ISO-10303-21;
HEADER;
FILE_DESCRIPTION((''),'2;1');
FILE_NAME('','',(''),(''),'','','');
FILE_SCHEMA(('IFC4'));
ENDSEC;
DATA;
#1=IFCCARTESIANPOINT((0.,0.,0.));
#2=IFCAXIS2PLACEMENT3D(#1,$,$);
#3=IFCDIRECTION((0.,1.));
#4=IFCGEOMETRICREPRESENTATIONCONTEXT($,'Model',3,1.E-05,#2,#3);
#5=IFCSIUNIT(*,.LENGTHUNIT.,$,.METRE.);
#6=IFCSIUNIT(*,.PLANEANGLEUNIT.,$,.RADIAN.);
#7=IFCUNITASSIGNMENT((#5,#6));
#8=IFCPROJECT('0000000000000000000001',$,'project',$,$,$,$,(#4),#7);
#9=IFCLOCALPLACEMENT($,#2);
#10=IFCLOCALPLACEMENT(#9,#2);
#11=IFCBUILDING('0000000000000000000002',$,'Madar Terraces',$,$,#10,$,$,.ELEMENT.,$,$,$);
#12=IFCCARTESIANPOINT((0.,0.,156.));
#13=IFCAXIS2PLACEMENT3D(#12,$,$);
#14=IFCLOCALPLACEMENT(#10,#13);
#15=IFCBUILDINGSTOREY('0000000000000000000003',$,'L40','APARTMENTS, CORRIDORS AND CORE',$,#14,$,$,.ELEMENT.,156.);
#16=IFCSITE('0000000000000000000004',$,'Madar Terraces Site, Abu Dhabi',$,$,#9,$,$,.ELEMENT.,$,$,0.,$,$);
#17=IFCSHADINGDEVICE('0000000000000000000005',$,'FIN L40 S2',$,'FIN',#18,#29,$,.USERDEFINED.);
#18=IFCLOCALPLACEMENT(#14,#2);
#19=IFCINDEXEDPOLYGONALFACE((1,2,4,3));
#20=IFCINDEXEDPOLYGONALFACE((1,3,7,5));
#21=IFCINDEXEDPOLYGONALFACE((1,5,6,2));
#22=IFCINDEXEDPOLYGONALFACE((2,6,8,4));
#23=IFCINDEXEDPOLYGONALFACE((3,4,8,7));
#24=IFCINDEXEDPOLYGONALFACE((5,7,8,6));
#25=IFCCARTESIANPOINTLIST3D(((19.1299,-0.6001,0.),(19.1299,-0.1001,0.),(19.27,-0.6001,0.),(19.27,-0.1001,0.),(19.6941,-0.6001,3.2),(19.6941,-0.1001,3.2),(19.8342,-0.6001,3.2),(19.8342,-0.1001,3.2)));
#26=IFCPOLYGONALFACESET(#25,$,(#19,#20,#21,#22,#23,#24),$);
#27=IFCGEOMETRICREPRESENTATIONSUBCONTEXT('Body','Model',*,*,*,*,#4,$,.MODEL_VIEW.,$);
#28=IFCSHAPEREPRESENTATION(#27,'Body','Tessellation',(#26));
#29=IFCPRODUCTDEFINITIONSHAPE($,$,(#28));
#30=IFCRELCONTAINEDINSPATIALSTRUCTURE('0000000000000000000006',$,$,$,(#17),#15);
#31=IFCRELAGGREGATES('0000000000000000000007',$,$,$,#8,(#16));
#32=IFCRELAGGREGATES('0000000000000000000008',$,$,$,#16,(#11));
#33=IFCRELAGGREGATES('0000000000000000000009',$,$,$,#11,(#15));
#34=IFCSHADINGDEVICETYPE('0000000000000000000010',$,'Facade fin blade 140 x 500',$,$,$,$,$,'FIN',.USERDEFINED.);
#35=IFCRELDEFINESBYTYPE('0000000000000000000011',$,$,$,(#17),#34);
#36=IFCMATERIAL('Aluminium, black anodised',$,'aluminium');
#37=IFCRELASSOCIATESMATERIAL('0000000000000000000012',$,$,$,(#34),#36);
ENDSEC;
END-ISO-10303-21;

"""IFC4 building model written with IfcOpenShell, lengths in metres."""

from ifc_helpers import new_model, si_unit, direction, frame, origin, place, context, subcontext, project, spatial, polyline, outline, extrude, material, type_object, element, save


model = new_model("IFC4")

# Units and contexts
model_context = context("Model", 3, precision=1e-05, world=origin(), true_north=direction((0.0, 1.0)))
body_context = subcontext(model_context, "Body", "Model", "MODEL_VIEW")
ifc_project = project(units=[si_unit("LENGTHUNIT", "METRE"), si_unit("PLANEANGLEUNIT", "RADIAN")], contexts=[model_context])

# Site, building, storey
site_placement = place(None, origin())
site = spatial("IfcSite", under=ifc_project, at=site_placement, Name="Madar Terraces Site, Abu Dhabi", CompositionType="ELEMENT", RefElevation=0.0)
building_placement = place(site_placement, origin())
building = spatial("IfcBuilding", under=site, at=building_placement, Name="Madar Terraces", CompositionType="ELEMENT")
storey_placement = place(building_placement, frame((0.0, 0.0, 156.0)))
storey = spatial("IfcBuildingStorey", under=building, at=storey_placement, Name="L40", Description="APARTMENTS, CORRIDORS AND CORE", CompositionType="ELEMENT", Elevation=156.0)

# Shading device
ifc_material_1 = material(Name="Aluminium, black anodised", Category="aluminium")
shading_device_type = type_object("IfcShadingDeviceType", Name="Facade fin blade 140 x 500", ElementType="FIN", PredefinedType="USERDEFINED", material=ifc_material_1)
shading_device_placement = place(storey_placement, frame((19.1299, -0.3501, 0.0), z_axis=(0.0, 0.0, 1.0), x_axis=(1.0, 0.0, 0.0)))
element("IfcShadingDevice", 1, at=shading_device_placement, inside=storey, type_object=shading_device_type, Name="FIN L40 S2", ObjectType="FIN", PredefinedType="USERDEFINED", context=body_context, shape_type="SweptSolid", body=[
    extrude(outline(polyline([(0.0, 0.0), (0.1401, 0.0), (0.7043, 3.2), (0.5642, 3.2), (0.0, 0.0)])), frame((0.0, 0.25, 0.0), z_axis=(0.0, -1.0, 0.0), x_axis=(1.0, 0.0, 0.0)), (0.0, 0.0, 1.0), 0.5),
])

save(model, "model.ifc")
